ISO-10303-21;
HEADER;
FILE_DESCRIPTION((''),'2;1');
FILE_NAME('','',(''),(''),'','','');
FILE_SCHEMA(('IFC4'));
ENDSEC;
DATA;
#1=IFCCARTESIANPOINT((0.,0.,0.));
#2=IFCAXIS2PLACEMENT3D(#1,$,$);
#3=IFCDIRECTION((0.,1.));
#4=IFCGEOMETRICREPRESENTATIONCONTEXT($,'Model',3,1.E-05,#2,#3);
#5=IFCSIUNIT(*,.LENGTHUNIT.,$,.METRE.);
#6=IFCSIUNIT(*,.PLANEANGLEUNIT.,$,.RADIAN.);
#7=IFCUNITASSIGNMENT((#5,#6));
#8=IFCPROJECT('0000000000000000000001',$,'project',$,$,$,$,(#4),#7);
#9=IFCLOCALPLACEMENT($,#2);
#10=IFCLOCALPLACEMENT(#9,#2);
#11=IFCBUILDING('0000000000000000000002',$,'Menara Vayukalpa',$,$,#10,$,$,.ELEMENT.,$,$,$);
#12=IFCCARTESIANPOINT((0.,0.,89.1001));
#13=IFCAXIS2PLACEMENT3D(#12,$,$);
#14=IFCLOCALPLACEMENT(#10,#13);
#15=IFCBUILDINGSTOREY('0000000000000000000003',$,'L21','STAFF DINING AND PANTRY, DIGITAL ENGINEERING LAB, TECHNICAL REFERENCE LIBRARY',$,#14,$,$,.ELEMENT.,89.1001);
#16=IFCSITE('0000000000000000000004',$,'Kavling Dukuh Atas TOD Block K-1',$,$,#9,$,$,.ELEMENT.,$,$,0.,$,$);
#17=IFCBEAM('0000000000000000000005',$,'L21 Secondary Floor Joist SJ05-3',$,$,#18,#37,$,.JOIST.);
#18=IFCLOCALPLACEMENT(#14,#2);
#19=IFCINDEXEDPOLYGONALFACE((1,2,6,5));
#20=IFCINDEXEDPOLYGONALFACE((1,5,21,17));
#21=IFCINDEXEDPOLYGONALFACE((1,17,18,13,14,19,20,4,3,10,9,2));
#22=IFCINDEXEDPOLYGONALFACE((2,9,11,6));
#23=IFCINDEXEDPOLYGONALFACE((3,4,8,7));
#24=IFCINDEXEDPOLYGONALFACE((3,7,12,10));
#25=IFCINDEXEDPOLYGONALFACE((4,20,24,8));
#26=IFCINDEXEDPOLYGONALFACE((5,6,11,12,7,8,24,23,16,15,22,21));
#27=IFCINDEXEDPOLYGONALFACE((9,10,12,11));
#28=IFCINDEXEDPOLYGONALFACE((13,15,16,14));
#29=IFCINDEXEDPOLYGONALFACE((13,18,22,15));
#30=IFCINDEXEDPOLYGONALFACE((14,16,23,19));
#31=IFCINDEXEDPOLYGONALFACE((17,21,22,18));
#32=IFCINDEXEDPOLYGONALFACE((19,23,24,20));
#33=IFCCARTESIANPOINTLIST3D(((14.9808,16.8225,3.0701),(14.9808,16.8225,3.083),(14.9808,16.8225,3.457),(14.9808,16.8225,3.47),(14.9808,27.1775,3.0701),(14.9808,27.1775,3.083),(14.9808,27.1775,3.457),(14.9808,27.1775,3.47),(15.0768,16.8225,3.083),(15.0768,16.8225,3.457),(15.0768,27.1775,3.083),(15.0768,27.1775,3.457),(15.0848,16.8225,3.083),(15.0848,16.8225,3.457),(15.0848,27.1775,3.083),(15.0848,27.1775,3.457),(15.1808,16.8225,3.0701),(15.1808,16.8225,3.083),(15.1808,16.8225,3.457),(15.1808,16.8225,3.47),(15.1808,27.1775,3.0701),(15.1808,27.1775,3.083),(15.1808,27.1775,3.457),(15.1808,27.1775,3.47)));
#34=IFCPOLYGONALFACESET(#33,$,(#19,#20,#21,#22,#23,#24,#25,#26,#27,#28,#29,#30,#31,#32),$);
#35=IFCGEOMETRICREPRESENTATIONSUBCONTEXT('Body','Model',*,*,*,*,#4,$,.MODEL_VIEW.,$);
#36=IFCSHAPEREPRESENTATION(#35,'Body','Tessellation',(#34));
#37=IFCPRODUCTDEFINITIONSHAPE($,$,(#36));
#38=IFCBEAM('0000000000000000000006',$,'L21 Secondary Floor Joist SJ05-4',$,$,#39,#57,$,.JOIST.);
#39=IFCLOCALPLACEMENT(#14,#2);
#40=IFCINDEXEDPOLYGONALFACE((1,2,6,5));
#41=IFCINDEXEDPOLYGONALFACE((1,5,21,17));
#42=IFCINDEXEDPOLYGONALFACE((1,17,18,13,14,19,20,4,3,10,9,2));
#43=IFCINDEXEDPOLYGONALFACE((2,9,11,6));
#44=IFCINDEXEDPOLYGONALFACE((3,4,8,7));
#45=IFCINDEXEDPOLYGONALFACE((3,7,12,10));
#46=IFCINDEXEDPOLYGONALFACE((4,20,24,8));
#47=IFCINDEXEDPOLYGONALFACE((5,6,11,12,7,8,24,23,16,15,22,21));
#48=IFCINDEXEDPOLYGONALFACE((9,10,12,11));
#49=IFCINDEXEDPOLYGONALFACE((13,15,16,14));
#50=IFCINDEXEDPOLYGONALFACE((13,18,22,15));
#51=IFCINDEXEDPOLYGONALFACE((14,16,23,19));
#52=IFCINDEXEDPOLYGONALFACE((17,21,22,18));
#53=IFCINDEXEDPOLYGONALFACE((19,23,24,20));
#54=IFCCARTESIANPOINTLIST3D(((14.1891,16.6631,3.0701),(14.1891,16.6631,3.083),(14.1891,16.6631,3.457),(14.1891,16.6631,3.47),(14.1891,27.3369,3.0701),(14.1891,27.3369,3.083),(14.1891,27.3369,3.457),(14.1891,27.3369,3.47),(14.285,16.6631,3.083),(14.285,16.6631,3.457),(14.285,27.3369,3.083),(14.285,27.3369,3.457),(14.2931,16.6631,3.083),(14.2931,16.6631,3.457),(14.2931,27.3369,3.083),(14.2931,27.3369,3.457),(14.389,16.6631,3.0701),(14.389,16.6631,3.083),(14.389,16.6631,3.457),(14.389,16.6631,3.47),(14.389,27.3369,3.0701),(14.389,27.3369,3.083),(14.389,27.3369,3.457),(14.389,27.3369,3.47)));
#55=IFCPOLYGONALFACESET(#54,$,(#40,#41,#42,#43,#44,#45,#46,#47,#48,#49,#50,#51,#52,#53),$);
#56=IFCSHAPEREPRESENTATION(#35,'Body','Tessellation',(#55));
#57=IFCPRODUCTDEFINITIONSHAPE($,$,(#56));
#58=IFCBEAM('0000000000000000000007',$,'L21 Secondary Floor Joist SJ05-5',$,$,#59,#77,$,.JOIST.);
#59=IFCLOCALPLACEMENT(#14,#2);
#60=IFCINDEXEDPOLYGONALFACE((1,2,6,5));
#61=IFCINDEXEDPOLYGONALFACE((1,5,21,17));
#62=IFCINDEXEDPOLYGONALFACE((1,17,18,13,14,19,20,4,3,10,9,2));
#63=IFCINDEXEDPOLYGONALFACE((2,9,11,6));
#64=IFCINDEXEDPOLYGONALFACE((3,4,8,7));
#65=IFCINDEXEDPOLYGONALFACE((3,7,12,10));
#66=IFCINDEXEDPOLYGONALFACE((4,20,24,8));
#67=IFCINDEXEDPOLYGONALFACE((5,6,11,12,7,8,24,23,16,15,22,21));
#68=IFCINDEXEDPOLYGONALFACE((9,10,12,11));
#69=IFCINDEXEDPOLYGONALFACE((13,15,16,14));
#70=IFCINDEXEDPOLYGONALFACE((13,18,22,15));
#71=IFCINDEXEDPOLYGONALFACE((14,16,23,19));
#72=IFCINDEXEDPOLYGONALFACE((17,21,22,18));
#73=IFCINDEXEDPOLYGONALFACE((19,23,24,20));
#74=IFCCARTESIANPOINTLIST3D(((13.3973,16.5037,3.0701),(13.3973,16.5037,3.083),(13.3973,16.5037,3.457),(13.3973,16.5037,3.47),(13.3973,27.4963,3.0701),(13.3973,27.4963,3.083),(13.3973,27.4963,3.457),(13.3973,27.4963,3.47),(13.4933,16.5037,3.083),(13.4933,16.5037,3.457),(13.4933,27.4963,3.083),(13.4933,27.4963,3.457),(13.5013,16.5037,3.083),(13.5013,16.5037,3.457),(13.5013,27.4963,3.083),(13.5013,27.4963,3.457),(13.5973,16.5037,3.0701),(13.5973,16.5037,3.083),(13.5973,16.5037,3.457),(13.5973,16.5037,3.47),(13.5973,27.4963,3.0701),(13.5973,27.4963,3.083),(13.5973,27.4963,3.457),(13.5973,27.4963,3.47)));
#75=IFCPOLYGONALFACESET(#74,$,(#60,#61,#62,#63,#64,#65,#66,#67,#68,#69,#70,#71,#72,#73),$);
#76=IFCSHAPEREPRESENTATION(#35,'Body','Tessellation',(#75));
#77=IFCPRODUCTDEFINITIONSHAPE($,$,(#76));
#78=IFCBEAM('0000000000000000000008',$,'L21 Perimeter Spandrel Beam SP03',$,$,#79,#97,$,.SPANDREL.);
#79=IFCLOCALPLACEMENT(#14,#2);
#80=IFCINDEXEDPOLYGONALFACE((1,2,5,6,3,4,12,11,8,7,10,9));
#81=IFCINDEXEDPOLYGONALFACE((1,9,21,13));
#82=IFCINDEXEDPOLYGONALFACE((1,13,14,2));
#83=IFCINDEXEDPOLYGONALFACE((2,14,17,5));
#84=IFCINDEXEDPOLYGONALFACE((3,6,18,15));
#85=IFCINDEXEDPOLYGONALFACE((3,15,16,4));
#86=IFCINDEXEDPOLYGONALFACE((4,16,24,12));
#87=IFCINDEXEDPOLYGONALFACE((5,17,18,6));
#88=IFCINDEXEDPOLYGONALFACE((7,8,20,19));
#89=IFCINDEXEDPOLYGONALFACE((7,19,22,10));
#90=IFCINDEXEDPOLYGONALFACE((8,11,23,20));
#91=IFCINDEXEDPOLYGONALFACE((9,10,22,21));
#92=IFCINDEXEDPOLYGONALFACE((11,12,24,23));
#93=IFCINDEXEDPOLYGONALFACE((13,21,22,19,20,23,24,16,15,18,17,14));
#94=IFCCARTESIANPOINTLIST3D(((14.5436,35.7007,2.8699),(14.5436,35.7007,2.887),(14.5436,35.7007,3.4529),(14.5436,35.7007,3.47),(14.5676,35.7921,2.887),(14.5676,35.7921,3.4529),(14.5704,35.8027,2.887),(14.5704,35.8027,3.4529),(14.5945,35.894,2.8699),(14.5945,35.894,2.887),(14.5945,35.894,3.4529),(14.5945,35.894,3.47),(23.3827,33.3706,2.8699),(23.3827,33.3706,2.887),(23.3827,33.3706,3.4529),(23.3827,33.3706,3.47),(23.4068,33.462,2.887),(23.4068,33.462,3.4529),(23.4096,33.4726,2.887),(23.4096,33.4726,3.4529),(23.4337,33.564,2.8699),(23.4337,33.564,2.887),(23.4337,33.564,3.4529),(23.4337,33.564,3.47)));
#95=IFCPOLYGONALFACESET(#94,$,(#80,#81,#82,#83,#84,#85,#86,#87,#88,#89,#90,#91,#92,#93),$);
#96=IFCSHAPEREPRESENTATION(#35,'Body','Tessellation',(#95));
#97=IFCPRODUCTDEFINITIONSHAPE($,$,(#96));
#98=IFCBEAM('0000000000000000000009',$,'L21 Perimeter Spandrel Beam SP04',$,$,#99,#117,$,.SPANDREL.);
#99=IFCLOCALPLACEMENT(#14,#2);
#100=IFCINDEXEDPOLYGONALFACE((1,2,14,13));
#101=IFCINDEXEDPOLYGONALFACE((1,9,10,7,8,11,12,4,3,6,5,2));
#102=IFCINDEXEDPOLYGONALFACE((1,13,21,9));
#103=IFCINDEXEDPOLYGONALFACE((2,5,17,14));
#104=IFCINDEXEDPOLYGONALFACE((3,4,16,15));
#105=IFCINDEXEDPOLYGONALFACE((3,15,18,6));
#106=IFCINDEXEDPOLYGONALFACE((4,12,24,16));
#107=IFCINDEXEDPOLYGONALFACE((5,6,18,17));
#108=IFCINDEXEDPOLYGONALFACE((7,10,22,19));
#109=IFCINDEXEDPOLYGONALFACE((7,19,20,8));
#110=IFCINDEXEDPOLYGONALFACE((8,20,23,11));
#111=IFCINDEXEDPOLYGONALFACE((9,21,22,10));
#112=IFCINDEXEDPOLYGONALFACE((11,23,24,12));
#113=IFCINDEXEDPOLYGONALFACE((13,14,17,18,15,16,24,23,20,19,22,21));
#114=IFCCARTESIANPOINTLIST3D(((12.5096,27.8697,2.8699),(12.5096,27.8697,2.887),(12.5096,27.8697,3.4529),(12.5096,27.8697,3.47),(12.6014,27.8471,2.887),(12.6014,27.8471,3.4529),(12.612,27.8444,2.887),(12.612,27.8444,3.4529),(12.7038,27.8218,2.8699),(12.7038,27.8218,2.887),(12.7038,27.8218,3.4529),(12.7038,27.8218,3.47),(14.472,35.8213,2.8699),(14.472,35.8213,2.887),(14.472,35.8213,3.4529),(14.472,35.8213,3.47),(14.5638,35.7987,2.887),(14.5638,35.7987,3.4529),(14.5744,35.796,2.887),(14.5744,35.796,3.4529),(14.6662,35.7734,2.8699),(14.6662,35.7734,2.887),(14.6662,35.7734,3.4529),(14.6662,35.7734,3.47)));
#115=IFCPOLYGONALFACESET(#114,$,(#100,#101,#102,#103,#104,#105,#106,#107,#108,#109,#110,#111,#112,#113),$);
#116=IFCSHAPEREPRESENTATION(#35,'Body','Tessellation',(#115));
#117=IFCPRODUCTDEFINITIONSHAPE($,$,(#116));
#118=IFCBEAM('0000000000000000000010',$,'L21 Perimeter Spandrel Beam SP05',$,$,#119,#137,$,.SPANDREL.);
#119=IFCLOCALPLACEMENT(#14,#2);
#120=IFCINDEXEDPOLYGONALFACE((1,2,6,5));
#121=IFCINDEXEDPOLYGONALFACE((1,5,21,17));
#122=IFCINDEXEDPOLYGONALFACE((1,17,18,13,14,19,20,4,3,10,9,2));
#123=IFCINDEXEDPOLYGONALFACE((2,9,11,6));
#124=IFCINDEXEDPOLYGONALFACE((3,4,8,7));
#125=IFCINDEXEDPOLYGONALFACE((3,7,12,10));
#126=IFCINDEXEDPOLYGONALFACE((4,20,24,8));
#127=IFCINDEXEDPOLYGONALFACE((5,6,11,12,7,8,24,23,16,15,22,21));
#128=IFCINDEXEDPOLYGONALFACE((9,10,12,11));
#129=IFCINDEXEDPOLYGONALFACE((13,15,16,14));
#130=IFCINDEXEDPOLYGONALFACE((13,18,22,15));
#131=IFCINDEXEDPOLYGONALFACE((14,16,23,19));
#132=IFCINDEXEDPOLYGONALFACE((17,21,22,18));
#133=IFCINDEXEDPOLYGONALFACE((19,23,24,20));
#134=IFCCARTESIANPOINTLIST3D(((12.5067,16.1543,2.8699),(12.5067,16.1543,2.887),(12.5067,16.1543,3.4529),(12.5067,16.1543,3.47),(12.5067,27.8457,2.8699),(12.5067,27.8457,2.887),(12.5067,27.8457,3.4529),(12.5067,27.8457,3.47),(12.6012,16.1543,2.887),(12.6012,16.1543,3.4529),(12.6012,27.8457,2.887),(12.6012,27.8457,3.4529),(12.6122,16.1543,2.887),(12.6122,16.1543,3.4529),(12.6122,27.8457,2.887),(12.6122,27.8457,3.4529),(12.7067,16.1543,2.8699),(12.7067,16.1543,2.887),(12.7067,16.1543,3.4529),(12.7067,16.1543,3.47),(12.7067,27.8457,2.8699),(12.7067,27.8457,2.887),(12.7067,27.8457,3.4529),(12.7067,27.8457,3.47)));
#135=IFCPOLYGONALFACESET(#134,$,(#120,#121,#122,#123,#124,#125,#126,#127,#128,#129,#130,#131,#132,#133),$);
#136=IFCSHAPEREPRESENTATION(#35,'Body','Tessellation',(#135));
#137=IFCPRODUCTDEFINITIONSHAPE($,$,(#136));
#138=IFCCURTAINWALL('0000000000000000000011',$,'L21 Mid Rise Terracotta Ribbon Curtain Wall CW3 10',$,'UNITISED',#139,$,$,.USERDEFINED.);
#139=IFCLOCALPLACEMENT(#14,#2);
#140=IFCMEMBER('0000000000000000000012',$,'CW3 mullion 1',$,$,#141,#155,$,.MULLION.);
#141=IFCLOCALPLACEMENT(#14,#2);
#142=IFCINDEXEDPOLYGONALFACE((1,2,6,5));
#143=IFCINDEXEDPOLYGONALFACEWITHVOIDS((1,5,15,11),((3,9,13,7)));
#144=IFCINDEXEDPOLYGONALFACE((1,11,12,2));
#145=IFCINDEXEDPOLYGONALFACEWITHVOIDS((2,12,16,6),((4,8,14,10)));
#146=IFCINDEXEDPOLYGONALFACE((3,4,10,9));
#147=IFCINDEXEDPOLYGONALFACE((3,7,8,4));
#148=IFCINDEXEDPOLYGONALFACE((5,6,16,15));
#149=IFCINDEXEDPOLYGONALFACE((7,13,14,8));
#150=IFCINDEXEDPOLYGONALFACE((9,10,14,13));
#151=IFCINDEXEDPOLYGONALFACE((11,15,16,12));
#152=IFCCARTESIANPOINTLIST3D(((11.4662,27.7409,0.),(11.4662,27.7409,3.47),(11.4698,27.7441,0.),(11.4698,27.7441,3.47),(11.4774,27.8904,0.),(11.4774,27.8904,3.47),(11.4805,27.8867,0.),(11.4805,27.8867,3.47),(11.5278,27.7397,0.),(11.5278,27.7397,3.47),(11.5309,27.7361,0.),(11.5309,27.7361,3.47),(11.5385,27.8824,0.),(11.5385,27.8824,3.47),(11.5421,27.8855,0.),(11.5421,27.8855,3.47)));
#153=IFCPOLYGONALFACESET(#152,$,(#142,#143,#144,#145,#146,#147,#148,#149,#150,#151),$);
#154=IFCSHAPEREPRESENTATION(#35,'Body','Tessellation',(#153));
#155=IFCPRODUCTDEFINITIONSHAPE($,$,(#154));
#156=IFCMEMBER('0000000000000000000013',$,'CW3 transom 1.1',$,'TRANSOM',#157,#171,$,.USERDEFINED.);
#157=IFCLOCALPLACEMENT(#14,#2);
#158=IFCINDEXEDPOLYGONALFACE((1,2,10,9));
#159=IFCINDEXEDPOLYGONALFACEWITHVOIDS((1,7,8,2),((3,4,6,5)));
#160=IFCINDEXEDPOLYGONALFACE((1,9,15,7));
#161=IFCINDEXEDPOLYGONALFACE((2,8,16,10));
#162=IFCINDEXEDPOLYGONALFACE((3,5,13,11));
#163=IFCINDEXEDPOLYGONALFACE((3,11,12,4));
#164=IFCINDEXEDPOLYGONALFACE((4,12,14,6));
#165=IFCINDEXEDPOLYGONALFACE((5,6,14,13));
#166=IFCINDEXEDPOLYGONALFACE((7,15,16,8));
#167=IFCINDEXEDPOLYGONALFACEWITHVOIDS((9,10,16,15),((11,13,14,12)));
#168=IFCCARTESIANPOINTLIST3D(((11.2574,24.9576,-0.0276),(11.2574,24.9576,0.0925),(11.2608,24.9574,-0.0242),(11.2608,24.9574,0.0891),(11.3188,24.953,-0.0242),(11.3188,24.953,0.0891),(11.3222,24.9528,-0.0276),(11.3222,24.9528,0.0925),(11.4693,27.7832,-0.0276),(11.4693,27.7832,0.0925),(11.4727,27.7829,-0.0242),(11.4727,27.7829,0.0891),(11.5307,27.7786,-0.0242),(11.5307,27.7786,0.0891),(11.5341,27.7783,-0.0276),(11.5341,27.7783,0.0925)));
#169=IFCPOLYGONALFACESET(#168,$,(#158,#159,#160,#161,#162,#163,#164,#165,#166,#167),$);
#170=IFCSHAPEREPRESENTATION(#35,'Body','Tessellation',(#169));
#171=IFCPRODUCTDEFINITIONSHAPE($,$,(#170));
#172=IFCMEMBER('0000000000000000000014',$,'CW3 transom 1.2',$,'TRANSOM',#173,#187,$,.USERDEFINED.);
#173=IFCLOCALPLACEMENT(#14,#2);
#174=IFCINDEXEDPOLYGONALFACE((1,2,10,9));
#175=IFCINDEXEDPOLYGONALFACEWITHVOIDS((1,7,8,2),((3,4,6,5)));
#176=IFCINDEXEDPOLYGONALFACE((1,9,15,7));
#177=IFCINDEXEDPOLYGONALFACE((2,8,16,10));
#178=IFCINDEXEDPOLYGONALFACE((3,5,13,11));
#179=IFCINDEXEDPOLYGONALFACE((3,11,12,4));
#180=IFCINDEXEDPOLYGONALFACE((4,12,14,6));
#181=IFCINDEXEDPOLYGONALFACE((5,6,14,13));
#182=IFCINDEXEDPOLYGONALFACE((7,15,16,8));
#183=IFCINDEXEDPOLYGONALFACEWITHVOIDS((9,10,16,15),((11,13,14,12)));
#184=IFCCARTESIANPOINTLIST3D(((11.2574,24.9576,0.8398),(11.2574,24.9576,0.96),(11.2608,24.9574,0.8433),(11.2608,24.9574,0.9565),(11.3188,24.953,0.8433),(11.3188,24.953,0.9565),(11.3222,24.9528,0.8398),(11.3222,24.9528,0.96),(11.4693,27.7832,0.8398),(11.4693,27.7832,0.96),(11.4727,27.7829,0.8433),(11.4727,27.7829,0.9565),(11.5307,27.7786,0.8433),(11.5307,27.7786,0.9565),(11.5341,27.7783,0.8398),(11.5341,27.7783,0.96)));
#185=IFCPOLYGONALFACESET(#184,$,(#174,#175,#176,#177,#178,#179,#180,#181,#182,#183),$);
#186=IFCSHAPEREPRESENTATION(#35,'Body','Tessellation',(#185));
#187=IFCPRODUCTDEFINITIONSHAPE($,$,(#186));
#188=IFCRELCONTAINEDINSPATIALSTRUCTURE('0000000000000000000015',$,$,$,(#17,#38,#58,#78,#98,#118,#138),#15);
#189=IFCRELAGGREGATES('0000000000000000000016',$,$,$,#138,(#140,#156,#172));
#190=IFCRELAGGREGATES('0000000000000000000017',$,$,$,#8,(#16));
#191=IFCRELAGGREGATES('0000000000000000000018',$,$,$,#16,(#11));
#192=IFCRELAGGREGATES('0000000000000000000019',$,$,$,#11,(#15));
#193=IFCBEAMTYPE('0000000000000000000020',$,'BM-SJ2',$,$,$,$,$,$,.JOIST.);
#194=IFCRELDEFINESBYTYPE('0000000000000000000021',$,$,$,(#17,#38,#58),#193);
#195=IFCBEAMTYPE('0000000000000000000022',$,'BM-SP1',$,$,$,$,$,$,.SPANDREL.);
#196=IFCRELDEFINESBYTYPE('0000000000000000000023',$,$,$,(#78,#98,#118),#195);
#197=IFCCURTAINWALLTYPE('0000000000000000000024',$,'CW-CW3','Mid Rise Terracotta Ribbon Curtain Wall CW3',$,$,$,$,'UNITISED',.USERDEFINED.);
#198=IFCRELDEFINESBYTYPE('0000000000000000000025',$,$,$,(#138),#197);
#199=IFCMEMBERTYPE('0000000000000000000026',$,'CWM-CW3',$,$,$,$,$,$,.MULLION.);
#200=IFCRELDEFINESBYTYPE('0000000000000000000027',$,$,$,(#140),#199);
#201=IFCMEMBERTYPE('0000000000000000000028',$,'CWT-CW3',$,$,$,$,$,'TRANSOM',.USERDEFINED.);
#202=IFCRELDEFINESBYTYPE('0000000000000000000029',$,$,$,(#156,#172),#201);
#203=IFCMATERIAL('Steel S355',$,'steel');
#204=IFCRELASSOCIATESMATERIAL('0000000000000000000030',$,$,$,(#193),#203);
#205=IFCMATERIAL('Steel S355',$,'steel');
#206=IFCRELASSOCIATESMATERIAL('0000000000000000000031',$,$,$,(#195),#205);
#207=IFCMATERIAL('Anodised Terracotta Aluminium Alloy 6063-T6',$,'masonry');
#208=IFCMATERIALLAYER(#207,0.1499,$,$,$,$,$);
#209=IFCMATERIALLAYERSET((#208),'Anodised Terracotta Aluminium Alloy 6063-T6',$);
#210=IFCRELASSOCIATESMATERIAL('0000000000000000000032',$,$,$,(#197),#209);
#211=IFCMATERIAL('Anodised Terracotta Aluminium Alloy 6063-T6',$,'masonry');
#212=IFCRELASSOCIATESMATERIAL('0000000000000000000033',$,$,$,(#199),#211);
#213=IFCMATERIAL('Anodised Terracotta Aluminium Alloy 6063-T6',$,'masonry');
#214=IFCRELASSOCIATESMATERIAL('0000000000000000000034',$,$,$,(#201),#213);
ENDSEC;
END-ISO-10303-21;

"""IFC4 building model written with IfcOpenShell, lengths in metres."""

from ifc_helpers import new_model, si_unit, direction, frame, origin, origin_2d, place, context, subcontext, project, spatial, hollow_rectangle, i_section, extrude, material, layer, layer_set, material_profile, profile_set, type_object, element, aggregate, save


model = new_model("IFC4")

# Units and contexts
model_context = context("Model", 3, precision=1e-05, world=origin(), true_north=direction((0.0, 1.0)))
body_context = subcontext(model_context, "Body", "Model", "MODEL_VIEW")
ifc_project = project(units=[si_unit("LENGTHUNIT", "METRE"), si_unit("PLANEANGLEUNIT", "RADIAN")], contexts=[model_context])

# Site, building, storey
site_placement = place(None, origin())
site = spatial("IfcSite", under=ifc_project, at=site_placement, Name="Kavling Dukuh Atas TOD Block K-1", CompositionType="ELEMENT", RefElevation=0.0)
building_placement = place(site_placement, origin())
building = spatial("IfcBuilding", under=site, at=building_placement, Name="Menara Vayukalpa", CompositionType="ELEMENT")
storey_placement = place(building_placement, frame((0.0, 0.0, 89.1001)))
storey = spatial("IfcBuildingStorey", under=building, at=storey_placement, Name="L21", Description="STAFF DINING AND PANTRY, DIGITAL ENGINEERING LAB, TECHNICAL REFERENCE LIBRARY", CompositionType="ELEMENT", Elevation=89.1001)

# Beams
ifc_material_1 = material(Name="Steel S355", Category="steel")
ifc_material_profile_1 = material_profile(ifc_material_1, i_section(OverallWidth=0.2, OverallDepth=0.3999, WebThickness=0.0081, FlangeThickness=0.0129, at=origin_2d()), Name="WF 400x200x8x13")
ifc_profile_set_1 = profile_set([ifc_material_profile_1], Name="Steel S355")
beam_type_1 = type_object("IfcBeamType", Name="BM-SJ2", PredefinedType="JOIST", material=ifc_profile_set_1)
beam_1_placement = place(storey_placement, frame((15.0808, 27.1775, 3.27), z_axis=(0.0, -1.0, 0.0), x_axis=(1.0, 0.0, 0.0)))
element("IfcBeam", 1, at=beam_1_placement, inside=storey, type_object=beam_type_1, Name="L21 Secondary Floor Joist SJ05-3", PredefinedType="JOIST", context=body_context, shape_type="SweptSolid", body=[
    extrude(i_section(OverallWidth=0.2, OverallDepth=0.3999, WebThickness=0.0081, FlangeThickness=0.0129, at=origin_2d()), origin(), (0.0, 0.0, 1.0), 10.355),
])
beam_2_placement = place(storey_placement, frame((14.2891, 27.3369, 3.27), z_axis=(0.0, -1.0, 0.0), x_axis=(1.0, 0.0, 0.0)))
element("IfcBeam", 2, at=beam_2_placement, inside=storey, type_object=beam_type_1, Name="L21 Secondary Floor Joist SJ05-4", PredefinedType="JOIST", context=body_context, shape_type="SweptSolid", body=[
    extrude(i_section(OverallWidth=0.2, OverallDepth=0.3999, WebThickness=0.0081, FlangeThickness=0.0129, at=origin_2d()), origin(), (0.0, 0.0, 1.0), 10.6738),
])
beam_3_placement = place(storey_placement, frame((13.4973, 27.4963, 3.27), z_axis=(0.0, -1.0, 0.0), x_axis=(1.0, 0.0, 0.0)))
element("IfcBeam", 3, at=beam_3_placement, inside=storey, type_object=beam_type_1, Name="L21 Secondary Floor Joist SJ05-5", PredefinedType="JOIST", context=body_context, shape_type="SweptSolid", body=[
    extrude(i_section(OverallWidth=0.2, OverallDepth=0.3999, WebThickness=0.0081, FlangeThickness=0.0129, at=origin_2d()), origin(), (0.0, 0.0, 1.0), 10.9927),
])
ifc_material_2 = material(Name="Steel S355", Category="steel")
ifc_material_profile_2 = material_profile(ifc_material_2, i_section(OverallWidth=0.2, OverallDepth=0.6001, WebThickness=0.011, FlangeThickness=0.0171, at=origin_2d()), Name="WF 600x200x11x17")
ifc_profile_set_2 = profile_set([ifc_material_profile_2], Name="Steel S355")
beam_type_2 = type_object("IfcBeamType", Name="BM-SP1", PredefinedType="SPANDREL", material=ifc_profile_set_2)
beam_4_placement = place(storey_placement, frame((23.4082, 33.4673, 3.1699), z_axis=(-0.966967, 0.254902, 0.0), x_axis=(-0.254902, -0.966967, 0.0)))
element("IfcBeam", 4, at=beam_4_placement, inside=storey, type_object=beam_type_2, Name="L21 Perimeter Spandrel Beam SP03", PredefinedType="SPANDREL", context=body_context, shape_type="SweptSolid", body=[
    extrude(i_section(OverallWidth=0.2, OverallDepth=0.6001, WebThickness=0.011, FlangeThickness=0.0171, at=origin_2d()), origin(), (0.0, 0.0, 1.0), 9.1411),
])
beam_5_placement = place(storey_placement, frame((14.5691, 35.7974, 3.1699), z_axis=(-0.239603, -0.970871, 0.0), x_axis=(0.970871, -0.239603, 0.0)))
element("IfcBeam", 5, at=beam_5_placement, inside=storey, type_object=beam_type_2, Name="L21 Perimeter Spandrel Beam SP04", PredefinedType="SPANDREL", context=body_context, shape_type="SweptSolid", body=[
    extrude(i_section(OverallWidth=0.2, OverallDepth=0.6001, WebThickness=0.011, FlangeThickness=0.0171, at=origin_2d()), origin(), (0.0, 0.0, 1.0), 8.1902),
])
beam_6_placement = place(storey_placement, frame((12.6067, 27.8457, 3.1699), z_axis=(0.0, -1.0, 0.0), x_axis=(1.0, 0.0, 0.0)))
element("IfcBeam", 6, at=beam_6_placement, inside=storey, type_object=beam_type_2, Name="L21 Perimeter Spandrel Beam SP05", PredefinedType="SPANDREL", context=body_context, shape_type="SweptSolid", body=[
    extrude(i_section(OverallWidth=0.2, OverallDepth=0.6001, WebThickness=0.011, FlangeThickness=0.0171, at=origin_2d()), origin(), (0.0, 0.0, 1.0), 11.6914),
])

# Curtain wall, members
ifc_material_3 = material(Name="Anodised Terracotta Aluminium Alloy 6063-T6", Category="masonry")
ifc_layer_1 = layer(ifc_material_3, 0.1499)
ifc_layer_set_1 = layer_set([ifc_layer_1], Name="Anodised Terracotta Aluminium Alloy 6063-T6")
curtain_wall_type = type_object("IfcCurtainWallType", Name="CW-CW3", Description="Mid Rise Terracotta Ribbon Curtain Wall CW3", ElementType="UNITISED", PredefinedType="USERDEFINED", material=ifc_layer_set_1)
curtain_wall_placement = place(storey_placement, origin())
curtain_wall = element("IfcCurtainWall", 7, at=curtain_wall_placement, inside=storey, type_object=curtain_wall_type, Name="L21 Mid Rise Terracotta Ribbon Curtain Wall CW3 10", ObjectType="UNITISED", PredefinedType="USERDEFINED")
ifc_material_4 = material(Name="Anodised Terracotta Aluminium Alloy 6063-T6", Category="masonry")
ifc_material_profile_3 = material_profile(ifc_material_4, hollow_rectangle(XDim=0.0649, YDim=0.1499, WallThickness=0.0034, at=origin_2d()), Name="ALU 65x150x3.5")
ifc_profile_set_3 = profile_set([ifc_material_profile_3], Name="Anodised Terracotta Aluminium Alloy 6063-T6")
member_type_1 = type_object("IfcMemberType", Name="CWM-CW3", PredefinedType="MULLION", material=ifc_profile_set_3)
member_1_placement = place(storey_placement, frame((11.5042, 27.8132, 0.0), z_axis=(0.0, 0.0, 1.0), x_axis=(0.9972, -0.074785, 0.0)))
member_1 = element("IfcMember", 8, at=member_1_placement, type_object=member_type_1, Name="CW3 mullion 1", PredefinedType="MULLION", context=body_context, shape_type="SweptSolid", body=[
    extrude(hollow_rectangle(XDim=0.0649, YDim=0.1499, WallThickness=0.0034, at=origin_2d()), origin(), (0.0, 0.0, 1.0), 3.47),
])
ifc_material_5 = material(Name="Anodised Terracotta Aluminium Alloy 6063-T6", Category="masonry")
ifc_material_profile_4 = material_profile(ifc_material_5, hollow_rectangle(XDim=0.0649, YDim=0.1201, WallThickness=0.0034, at=origin_2d()), Name="ALU 65x120x3.5")
ifc_profile_set_4 = profile_set([ifc_material_profile_4], Name="Anodised Terracotta Aluminium Alloy 6063-T6")
member_type_2 = type_object("IfcMemberType", Name="CWT-CW3", ElementType="TRANSOM", PredefinedType="USERDEFINED", material=ifc_profile_set_4)
member_2_placement = place(storey_placement, frame((11.5017, 27.7808, 0.0325), z_axis=(-0.074792, -0.997199, 0.0), x_axis=(0.997199, -0.074792, 0.0)))
member_2 = element("IfcMember", 9, at=member_2_placement, type_object=member_type_2, Name="CW3 transom 1.1", ObjectType="TRANSOM", PredefinedType="USERDEFINED", context=body_context, shape_type="SweptSolid", body=[
    extrude(hollow_rectangle(XDim=0.0649, YDim=0.1201, WallThickness=0.0034, at=origin_2d()), origin(), (0.0, 0.0, 1.0), 2.8335),
])
member_3_placement = place(storey_placement, frame((11.5017, 27.7808, 0.8999), z_axis=(-0.074792, -0.997199, 0.0), x_axis=(0.997199, -0.074792, 0.0)))
member_3 = element("IfcMember", 10, at=member_3_placement, type_object=member_type_2, Name="CW3 transom 1.2", ObjectType="TRANSOM", PredefinedType="USERDEFINED", context=body_context, shape_type="SweptSolid", body=[
    extrude(hollow_rectangle(XDim=0.0649, YDim=0.1201, WallThickness=0.0034, at=origin_2d()), origin(), (0.0, 0.0, 1.0), 2.8335),
])
aggregate(curtain_wall, [member_1, member_2, member_3])

save(model, "model.ifc")
